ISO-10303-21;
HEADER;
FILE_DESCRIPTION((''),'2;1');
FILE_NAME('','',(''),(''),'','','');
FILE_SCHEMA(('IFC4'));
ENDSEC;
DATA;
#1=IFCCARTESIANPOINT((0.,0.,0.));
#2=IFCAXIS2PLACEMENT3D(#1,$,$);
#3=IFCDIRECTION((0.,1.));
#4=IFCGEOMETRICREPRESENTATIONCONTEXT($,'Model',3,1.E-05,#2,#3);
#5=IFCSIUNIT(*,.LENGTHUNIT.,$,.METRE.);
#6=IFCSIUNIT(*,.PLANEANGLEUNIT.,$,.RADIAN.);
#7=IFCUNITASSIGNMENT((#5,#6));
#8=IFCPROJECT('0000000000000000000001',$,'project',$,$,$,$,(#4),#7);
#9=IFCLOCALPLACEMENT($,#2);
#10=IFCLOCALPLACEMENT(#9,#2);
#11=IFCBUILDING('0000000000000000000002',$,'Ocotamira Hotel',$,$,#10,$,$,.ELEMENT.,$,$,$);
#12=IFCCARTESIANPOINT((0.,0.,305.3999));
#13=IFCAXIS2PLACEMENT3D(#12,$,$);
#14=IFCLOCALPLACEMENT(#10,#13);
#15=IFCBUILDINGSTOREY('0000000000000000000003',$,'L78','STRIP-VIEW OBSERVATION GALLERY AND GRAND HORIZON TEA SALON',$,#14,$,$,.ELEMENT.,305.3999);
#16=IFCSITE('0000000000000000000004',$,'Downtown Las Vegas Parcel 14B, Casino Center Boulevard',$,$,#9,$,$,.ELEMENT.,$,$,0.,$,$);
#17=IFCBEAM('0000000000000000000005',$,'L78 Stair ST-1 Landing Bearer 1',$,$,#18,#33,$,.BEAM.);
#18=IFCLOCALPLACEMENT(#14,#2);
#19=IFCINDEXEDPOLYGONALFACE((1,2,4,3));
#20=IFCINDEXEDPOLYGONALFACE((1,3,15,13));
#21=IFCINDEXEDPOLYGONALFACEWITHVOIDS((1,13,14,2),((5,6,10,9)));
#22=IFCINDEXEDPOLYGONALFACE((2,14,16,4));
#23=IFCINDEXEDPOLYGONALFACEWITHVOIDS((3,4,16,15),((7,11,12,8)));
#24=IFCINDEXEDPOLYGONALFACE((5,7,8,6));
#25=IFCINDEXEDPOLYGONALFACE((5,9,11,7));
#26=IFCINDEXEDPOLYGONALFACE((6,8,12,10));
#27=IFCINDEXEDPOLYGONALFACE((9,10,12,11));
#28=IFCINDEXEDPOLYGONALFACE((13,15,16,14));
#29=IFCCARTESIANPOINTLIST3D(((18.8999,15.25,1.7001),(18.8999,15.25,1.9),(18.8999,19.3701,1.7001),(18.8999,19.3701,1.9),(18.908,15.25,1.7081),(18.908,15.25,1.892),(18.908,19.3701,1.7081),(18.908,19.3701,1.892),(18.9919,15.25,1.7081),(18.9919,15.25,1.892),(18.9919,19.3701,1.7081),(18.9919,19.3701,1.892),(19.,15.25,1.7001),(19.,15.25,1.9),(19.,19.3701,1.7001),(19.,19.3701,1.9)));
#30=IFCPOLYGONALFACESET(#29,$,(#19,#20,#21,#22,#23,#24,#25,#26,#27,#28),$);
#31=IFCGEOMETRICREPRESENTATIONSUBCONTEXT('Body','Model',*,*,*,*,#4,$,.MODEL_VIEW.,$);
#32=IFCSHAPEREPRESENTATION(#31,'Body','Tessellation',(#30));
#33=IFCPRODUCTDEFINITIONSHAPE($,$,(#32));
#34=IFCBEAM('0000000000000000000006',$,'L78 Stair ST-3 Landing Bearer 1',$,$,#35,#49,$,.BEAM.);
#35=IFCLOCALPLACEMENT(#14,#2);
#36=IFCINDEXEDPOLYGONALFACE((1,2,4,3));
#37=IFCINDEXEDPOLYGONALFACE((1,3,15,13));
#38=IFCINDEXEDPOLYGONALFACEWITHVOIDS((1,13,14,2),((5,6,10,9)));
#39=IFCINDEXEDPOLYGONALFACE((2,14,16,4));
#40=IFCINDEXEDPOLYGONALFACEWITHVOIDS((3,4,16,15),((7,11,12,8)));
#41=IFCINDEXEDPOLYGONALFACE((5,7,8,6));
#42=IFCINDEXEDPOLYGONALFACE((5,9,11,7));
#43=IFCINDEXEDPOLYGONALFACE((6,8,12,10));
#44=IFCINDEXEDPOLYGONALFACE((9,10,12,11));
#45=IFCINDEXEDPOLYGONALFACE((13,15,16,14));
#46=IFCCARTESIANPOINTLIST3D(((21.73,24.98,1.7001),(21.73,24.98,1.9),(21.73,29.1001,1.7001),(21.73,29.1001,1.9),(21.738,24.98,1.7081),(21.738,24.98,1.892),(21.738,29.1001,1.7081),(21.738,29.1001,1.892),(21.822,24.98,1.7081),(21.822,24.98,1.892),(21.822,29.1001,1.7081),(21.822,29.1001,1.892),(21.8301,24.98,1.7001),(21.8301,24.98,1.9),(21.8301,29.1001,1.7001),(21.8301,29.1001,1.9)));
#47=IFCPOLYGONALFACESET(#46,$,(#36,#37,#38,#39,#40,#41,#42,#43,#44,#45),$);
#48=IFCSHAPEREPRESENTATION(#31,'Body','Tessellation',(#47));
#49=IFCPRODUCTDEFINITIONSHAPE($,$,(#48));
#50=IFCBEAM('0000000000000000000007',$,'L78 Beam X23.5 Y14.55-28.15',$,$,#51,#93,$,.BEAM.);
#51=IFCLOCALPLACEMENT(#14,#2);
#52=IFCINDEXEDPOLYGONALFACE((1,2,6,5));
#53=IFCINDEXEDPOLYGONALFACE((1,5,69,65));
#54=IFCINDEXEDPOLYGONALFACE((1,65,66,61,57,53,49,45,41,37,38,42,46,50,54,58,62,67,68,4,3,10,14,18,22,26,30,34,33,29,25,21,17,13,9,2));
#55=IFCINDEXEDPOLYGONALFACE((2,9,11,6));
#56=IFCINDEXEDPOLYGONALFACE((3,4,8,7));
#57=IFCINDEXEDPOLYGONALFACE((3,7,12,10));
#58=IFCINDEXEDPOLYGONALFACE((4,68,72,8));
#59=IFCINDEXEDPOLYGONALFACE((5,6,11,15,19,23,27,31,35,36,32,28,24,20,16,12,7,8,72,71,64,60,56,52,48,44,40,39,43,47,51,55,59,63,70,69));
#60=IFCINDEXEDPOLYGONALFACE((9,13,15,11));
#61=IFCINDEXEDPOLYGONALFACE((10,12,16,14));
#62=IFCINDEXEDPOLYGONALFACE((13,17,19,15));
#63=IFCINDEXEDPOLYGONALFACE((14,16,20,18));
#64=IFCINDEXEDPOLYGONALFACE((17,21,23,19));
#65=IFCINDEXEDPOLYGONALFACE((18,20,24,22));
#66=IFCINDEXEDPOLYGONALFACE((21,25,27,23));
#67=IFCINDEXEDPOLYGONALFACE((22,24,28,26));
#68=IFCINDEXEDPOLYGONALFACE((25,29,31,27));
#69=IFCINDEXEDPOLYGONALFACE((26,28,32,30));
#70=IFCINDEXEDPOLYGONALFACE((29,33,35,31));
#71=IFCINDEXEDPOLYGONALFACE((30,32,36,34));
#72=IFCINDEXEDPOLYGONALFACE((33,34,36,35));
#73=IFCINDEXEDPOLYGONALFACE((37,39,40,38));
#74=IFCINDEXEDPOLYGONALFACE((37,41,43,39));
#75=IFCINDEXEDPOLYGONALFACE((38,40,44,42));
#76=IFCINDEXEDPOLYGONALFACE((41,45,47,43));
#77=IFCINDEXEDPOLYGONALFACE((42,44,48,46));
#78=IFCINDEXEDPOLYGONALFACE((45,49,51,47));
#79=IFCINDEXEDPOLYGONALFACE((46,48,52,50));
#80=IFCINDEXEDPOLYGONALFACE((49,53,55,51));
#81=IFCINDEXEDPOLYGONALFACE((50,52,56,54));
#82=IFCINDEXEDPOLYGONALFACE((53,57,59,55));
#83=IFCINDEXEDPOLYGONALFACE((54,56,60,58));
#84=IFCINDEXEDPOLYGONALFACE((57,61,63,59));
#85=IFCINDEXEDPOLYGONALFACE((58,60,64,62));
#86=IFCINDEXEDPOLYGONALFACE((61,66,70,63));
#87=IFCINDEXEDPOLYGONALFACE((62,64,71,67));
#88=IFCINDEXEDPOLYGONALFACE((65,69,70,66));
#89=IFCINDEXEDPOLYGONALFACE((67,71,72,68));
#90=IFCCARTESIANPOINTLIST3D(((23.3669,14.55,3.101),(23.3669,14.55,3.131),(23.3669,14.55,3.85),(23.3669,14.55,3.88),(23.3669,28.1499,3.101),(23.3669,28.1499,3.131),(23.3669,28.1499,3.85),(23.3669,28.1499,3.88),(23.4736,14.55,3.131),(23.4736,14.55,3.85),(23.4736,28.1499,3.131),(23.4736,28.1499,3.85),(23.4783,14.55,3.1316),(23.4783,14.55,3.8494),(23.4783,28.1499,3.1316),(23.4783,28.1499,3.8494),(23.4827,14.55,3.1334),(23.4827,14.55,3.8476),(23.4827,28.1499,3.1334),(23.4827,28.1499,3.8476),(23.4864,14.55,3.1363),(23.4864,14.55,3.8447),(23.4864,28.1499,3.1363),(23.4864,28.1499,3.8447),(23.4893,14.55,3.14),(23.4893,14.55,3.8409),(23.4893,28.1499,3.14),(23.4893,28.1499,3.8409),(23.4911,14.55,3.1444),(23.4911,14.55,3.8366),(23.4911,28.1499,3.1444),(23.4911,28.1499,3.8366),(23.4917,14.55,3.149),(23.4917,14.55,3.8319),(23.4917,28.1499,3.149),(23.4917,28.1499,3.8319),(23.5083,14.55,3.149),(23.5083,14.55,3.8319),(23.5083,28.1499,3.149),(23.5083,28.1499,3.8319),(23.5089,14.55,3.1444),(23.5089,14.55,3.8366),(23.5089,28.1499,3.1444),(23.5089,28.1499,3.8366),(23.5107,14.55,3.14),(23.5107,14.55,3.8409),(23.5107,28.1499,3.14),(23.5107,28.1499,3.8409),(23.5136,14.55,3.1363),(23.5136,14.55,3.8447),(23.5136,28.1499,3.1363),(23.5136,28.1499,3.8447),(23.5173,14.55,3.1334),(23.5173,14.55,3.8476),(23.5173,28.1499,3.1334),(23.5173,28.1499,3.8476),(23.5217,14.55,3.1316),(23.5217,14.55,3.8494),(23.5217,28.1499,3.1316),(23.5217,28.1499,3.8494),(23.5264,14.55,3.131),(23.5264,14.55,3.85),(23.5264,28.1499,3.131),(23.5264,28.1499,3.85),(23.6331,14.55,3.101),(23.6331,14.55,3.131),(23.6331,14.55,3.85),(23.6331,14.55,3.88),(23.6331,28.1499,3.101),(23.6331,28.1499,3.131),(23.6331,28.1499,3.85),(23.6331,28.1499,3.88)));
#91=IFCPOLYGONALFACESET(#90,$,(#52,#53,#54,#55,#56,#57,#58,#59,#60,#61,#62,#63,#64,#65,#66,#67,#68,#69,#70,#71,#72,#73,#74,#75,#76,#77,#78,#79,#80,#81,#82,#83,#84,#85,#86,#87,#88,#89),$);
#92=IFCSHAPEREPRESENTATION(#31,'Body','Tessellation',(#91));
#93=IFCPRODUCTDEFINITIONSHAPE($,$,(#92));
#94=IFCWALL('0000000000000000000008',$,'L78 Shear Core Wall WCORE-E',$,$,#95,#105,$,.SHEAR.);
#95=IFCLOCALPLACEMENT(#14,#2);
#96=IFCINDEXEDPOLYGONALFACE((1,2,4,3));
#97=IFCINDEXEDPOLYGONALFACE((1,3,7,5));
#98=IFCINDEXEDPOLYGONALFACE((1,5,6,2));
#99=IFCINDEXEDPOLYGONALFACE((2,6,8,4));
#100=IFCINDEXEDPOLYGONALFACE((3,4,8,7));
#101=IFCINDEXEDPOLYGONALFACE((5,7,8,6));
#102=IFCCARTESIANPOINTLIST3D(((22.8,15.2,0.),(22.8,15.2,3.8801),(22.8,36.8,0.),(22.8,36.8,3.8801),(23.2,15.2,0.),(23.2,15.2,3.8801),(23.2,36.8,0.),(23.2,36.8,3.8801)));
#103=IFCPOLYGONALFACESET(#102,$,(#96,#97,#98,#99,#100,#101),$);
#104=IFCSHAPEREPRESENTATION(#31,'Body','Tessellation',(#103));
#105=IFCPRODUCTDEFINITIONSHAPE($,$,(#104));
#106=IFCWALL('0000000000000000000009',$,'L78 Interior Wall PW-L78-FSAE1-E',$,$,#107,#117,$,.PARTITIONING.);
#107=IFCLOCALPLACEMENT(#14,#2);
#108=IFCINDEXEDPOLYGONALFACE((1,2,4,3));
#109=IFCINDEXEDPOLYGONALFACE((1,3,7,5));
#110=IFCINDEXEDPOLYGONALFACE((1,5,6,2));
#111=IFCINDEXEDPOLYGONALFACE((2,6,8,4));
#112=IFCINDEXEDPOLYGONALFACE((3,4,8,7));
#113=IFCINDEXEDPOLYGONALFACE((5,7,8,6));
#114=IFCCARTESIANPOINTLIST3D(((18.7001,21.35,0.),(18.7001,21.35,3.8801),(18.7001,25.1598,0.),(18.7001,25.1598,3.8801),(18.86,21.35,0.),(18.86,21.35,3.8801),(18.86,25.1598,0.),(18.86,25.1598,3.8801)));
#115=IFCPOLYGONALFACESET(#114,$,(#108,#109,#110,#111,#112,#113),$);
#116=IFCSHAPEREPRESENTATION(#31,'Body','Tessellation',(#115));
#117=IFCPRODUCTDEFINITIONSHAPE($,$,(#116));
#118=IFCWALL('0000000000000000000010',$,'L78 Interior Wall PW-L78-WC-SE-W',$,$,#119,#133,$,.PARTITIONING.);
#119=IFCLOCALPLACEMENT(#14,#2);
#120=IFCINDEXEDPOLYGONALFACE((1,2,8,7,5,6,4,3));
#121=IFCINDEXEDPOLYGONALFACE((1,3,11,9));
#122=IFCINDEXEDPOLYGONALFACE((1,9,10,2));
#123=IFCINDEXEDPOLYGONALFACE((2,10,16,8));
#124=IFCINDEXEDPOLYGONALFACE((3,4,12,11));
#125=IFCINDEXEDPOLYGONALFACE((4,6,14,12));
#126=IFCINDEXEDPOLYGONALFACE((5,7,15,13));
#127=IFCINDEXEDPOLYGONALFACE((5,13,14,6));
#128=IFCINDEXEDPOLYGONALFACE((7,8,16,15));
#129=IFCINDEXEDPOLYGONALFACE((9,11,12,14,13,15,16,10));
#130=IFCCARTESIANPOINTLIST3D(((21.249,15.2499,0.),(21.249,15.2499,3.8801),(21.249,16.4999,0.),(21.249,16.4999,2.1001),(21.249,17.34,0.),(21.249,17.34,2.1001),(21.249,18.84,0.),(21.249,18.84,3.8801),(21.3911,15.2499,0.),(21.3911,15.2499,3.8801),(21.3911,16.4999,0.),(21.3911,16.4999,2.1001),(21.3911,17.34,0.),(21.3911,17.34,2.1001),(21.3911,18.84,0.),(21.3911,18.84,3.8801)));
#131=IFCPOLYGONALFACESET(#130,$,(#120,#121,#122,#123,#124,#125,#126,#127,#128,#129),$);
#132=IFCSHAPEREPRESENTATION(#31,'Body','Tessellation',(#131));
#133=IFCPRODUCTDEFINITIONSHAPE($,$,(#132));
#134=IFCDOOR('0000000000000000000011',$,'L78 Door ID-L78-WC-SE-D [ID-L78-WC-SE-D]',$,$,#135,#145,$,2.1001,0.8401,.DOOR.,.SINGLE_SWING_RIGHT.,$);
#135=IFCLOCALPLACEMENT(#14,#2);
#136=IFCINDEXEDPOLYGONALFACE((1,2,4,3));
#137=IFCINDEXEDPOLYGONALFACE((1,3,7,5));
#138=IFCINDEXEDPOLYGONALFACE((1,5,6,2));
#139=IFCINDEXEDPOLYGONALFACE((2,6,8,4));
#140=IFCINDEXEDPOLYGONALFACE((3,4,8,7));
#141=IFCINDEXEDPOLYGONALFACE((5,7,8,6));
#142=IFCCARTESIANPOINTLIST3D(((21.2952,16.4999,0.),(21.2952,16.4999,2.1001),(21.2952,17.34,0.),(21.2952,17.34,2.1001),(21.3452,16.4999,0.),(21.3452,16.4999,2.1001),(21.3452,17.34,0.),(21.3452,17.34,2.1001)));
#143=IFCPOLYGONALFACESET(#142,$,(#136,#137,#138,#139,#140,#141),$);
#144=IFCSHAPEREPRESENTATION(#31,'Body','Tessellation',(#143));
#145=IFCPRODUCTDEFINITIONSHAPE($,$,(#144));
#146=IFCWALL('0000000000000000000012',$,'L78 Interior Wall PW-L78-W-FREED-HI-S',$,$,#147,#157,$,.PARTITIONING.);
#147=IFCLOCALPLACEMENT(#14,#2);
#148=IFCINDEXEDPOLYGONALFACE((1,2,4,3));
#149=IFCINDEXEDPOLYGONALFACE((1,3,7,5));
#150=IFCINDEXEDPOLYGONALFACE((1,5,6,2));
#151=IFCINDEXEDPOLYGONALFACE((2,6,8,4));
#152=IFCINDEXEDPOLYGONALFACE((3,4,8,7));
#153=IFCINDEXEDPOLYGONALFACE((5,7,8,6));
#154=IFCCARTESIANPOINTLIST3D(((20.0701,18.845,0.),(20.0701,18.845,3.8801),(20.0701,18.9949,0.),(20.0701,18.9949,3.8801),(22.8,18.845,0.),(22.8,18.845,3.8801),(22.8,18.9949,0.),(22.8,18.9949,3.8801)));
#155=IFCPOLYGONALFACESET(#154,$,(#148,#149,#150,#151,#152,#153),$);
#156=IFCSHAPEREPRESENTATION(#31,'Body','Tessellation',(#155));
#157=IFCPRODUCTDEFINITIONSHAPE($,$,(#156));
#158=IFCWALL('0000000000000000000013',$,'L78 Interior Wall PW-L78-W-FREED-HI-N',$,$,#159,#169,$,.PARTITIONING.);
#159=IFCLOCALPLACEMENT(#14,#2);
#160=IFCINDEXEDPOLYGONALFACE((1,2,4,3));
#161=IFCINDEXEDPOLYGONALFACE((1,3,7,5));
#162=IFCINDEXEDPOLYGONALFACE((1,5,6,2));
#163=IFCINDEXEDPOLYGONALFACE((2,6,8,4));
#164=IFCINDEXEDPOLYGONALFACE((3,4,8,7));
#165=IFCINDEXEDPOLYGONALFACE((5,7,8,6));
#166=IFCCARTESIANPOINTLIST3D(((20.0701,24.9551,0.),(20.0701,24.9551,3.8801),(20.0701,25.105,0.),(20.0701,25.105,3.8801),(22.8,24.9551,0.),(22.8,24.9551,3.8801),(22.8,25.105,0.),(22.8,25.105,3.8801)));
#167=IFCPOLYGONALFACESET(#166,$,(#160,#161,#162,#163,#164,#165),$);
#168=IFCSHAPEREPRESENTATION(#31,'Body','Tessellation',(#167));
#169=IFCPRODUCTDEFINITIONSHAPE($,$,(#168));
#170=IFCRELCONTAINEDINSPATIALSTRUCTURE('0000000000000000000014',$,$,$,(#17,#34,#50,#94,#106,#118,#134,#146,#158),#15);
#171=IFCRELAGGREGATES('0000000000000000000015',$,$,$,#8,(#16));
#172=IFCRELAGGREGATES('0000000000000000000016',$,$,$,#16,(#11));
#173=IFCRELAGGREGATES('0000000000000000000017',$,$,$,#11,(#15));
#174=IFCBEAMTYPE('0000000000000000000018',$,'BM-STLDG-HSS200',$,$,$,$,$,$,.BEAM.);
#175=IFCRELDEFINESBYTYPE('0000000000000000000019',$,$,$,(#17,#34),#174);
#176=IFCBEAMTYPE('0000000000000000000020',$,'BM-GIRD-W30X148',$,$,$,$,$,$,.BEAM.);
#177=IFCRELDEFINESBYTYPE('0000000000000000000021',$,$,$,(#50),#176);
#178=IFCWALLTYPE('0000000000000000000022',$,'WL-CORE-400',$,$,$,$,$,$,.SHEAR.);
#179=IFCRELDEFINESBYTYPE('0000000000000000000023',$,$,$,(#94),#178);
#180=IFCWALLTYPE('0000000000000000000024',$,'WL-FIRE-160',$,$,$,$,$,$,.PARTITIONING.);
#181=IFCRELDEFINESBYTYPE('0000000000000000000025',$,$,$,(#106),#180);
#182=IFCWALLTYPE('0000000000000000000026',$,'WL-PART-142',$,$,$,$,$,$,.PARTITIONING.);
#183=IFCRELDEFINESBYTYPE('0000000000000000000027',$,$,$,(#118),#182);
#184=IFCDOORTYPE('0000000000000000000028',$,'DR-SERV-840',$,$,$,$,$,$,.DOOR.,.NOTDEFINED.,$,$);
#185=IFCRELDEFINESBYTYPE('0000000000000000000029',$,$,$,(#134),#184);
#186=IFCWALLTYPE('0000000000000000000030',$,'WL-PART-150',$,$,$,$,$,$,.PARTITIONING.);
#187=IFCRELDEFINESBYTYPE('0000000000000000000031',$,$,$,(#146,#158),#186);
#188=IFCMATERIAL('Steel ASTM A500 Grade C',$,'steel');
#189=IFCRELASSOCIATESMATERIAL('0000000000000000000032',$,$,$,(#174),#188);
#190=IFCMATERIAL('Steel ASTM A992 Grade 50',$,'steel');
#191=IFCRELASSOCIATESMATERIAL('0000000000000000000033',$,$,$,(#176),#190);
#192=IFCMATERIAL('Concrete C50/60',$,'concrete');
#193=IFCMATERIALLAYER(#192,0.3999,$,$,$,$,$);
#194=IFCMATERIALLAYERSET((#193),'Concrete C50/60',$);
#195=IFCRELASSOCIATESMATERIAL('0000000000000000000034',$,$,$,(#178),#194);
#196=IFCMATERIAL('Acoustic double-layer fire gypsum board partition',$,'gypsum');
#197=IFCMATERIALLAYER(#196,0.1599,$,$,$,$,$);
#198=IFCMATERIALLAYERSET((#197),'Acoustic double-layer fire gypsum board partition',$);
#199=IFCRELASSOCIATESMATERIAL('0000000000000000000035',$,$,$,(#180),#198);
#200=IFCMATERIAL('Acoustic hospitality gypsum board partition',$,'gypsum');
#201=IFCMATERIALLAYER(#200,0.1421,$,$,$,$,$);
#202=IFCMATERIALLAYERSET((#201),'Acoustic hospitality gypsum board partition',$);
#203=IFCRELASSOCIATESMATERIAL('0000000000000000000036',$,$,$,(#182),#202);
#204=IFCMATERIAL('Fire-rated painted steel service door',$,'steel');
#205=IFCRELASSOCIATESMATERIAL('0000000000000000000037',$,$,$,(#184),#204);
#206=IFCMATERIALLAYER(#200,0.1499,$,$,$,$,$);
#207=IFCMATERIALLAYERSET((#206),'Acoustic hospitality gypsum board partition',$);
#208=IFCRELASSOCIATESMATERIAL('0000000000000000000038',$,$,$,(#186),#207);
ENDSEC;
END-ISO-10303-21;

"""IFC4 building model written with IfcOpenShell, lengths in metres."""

from ifc_helpers import new_model, si_unit, direction, frame, frame_2d, origin, origin_2d, place, context, subcontext, project, spatial, rectangle, hollow_rectangle, i_section, extrude, source, transform, mapped, material, layer, layer_set, material_profile, profile_set, type_object, element, fill, save


model = new_model("IFC4")

# Units and contexts
model_context = context("Model", 3, precision=1e-05, world=origin(), true_north=direction((0.0, 1.0)))
body_context = subcontext(model_context, "Body", "Model", "MODEL_VIEW")
ifc_project = project(units=[si_unit("LENGTHUNIT", "METRE"), si_unit("PLANEANGLEUNIT", "RADIAN")], contexts=[model_context])

# Site, building, storey
site_placement = place(None, origin())
site = spatial("IfcSite", under=ifc_project, at=site_placement, Name="Downtown Las Vegas Parcel 14B, Casino Center Boulevard", CompositionType="ELEMENT", RefElevation=0.0)
building_placement = place(site_placement, origin())
building = spatial("IfcBuilding", under=site, at=building_placement, Name="Ocotamira Hotel", CompositionType="ELEMENT")
storey_placement = place(building_placement, frame((0.0, 0.0, 305.3999)))
storey = spatial("IfcBuildingStorey", under=building, at=storey_placement, Name="L78", Description="STRIP-VIEW OBSERVATION GALLERY AND GRAND HORIZON TEA SALON", CompositionType="ELEMENT", Elevation=305.3999)

# Beams
ifc_material_1 = material(Name="Steel ASTM A500 Grade C", Category="steel")
ifc_material_profile_1 = material_profile(ifc_material_1, hollow_rectangle(XDim=0.1001, YDim=0.2, WallThickness=0.0081, at=origin_2d()), Name="HSS200X100X8")
ifc_profile_set_1 = profile_set([ifc_material_profile_1], Name="Steel ASTM A500 Grade C")
beam_type_1 = type_object("IfcBeamType", Name="BM-STLDG-HSS200", PredefinedType="BEAM", material=ifc_profile_set_1)
shared_shape_1 = source(origin(), body_context, "Body", "SweptSolid", [
    extrude(hollow_rectangle(XDim=0.1001, YDim=0.2, WallThickness=0.0081, at=origin_2d()), origin(), (0.0, 0.0, 1.0), 4.1201),
])
for number, where, z_axis, x_axis, name in (
    (1, (18.95, 15.25, 1.8), (0.0, 1.0, 0.0), (-1.0, 0.0, 0.0), "L78 Stair ST-1 Landing Bearer 1"),
    (2, (21.78, 24.98, 1.8), (0.0, 1.0, 0.0), (-1.0, 0.0, 0.0), "L78 Stair ST-3 Landing Bearer 1"),
):
    element("IfcBeam", number, at=place(storey_placement, frame(where, z_axis=z_axis, x_axis=x_axis)), inside=storey, type_object=beam_type_1, Name=name, PredefinedType="BEAM", context=body_context, shape_type="MappedRepresentation", body=[
        mapped(shared_shape_1, transform((0.0, 0.0, 0.0), scale=1.0)),
    ])
ifc_material_2 = material(Name="Steel ASTM A992 Grade 50", Category="steel")
ifc_material_profile_2 = material_profile(ifc_material_2, i_section(OverallWidth=0.2661, OverallDepth=0.7791, WebThickness=0.0166, FlangeThickness=0.03, FilletRadius=0.0181, at=origin_2d()), Name="W30X148")
ifc_profile_set_2 = profile_set([ifc_material_profile_2], Name="Steel ASTM A992 Grade 50")
beam_type_2 = type_object("IfcBeamType", Name="BM-GIRD-W30X148", PredefinedType="BEAM", material=ifc_profile_set_2)
shared_shape_2 = source(origin(), body_context, "Body", "SweptSolid", [
    extrude(i_section(OverallWidth=0.2661, OverallDepth=0.7791, WebThickness=0.0166, FlangeThickness=0.03, FilletRadius=0.0181, at=origin_2d()), origin(), (0.0, 0.0, 1.0), 13.5999),
])
beam_placement = place(storey_placement, frame((23.5, 14.55, 3.4905), z_axis=(0.0, 1.0, 0.0), x_axis=(-1.0, 0.0, 0.0)))
element("IfcBeam", 3, at=beam_placement, inside=storey, type_object=beam_type_2, Name="L78 Beam X23.5 Y14.55-28.15", PredefinedType="BEAM", context=body_context, shape_type="MappedRepresentation", body=[
    mapped(shared_shape_2, transform((0.0, 0.0, 0.0), scale=1.0)),
])

# Walls
ifc_material_3 = material(Name="Concrete C50/60", Category="concrete")
ifc_layer_1 = layer(ifc_material_3, 0.3999)
ifc_layer_set_1 = layer_set([ifc_layer_1], Name="Concrete C50/60")
wall_type_1 = type_object("IfcWallType", Name="WL-CORE-400", PredefinedType="SHEAR", material=ifc_layer_set_1)
wall_1_placement = place(storey_placement, frame((23.0, 15.2, 0.0), z_axis=(0.0, 0.0, 1.0), x_axis=(0.0, 1.0, 0.0)))
element("IfcWall", 4, at=wall_1_placement, inside=storey, type_object=wall_type_1, Name="L78 Shear Core Wall WCORE-E", PredefinedType="SHEAR", context=body_context, shape_type="SweptSolid", body=[
    extrude(rectangle(XDim=21.6001, YDim=0.3999, at=frame_2d((10.8, 0.0))), origin(), (0.0, 0.0, 1.0), 3.8801),
])
ifc_material_4 = material(Name="Acoustic double-layer fire gypsum board partition", Category="gypsum")
ifc_layer_2 = layer(ifc_material_4, 0.1599)
ifc_layer_set_2 = layer_set([ifc_layer_2], Name="Acoustic double-layer fire gypsum board partition")
wall_type_2 = type_object("IfcWallType", Name="WL-FIRE-160", PredefinedType="PARTITIONING", material=ifc_layer_set_2)
wall_2_placement = place(storey_placement, frame((18.78, 21.3501, 0.0), z_axis=(0.0, 0.0, 1.0), x_axis=(0.0, 1.0, 0.0)))
element("IfcWall", 5, at=wall_2_placement, inside=storey, type_object=wall_type_2, Name="L78 Interior Wall PW-L78-FSAE1-E", PredefinedType="PARTITIONING", context=body_context, shape_type="SweptSolid", body=[
    extrude(rectangle(XDim=3.8098, YDim=0.1599, at=frame_2d((1.9048, 0.0))), origin(), (0.0, 0.0, 1.0), 3.8801),
])

# Wall, opening, door
ifc_material_5 = material(Name="Acoustic hospitality gypsum board partition", Category="gypsum")
ifc_layer_3 = layer(ifc_material_5, 0.1421)
ifc_layer_set_3 = layer_set([ifc_layer_3], Name="Acoustic hospitality gypsum board partition")
wall_type_3 = type_object("IfcWallType", Name="WL-PART-142", PredefinedType="PARTITIONING", material=ifc_layer_set_3)
wall_3_placement = place(storey_placement, frame((21.3201, 15.25, 0.0), z_axis=(0.0, 0.0, 1.0), x_axis=(0.0, 1.0, 0.0)))
wall_3 = element("IfcWall", 6, at=wall_3_placement, inside=storey, type_object=wall_type_3, Name="L78 Interior Wall PW-L78-WC-SE-W", PredefinedType="PARTITIONING", context=body_context, shape_type="SweptSolid", body=[
    extrude(rectangle(XDim=3.5901, YDim=0.1421, at=frame_2d((1.7949, 0.0))), origin(), (0.0, 0.0, 1.0), 3.8801),
])
opening_1_placement = place(wall_3_placement, frame((1.25, 0.0, 0.0)))
opening_1 = element("IfcOpeningElement", 7, at=opening_1_placement, cuts=wall_3, PredefinedType="OPENING", context=body_context, shape_type="SweptSolid", body=[
    extrude(rectangle(XDim=0.8401, YDim=2.1001, at=frame_2d((0.4199, 1.05))), frame((0.0, 0.0811, 0.0), z_axis=(0.0, -1.0, 0.0), x_axis=(1.0, 0.0, 0.0)), (0.0, 0.0, 1.0), 0.1621),
])
ifc_material_6 = material(Name="Fire-rated painted steel service door", Category="steel")
door_type_1 = type_object("IfcDoorType", Name="DR-SERV-840", OperationType="NOTDEFINED", PredefinedType="DOOR", material=ifc_material_6)
shared_shape_3 = source(origin(), body_context, "Body", "SweptSolid", [
    extrude(rectangle(XDim=0.8401, YDim=2.1001, at=frame_2d((0.4199, 1.05))), frame((0.0, 0.0249, 0.0), z_axis=(0.0, -1.0, 0.0), x_axis=(1.0, 0.0, 0.0)), (0.0, 0.0, 1.0), 0.05),
])
door_1_placement = place(opening_1_placement, origin())
door_1 = element("IfcDoor", 8, at=door_1_placement, inside=storey, type_object=door_type_1, Name="L78 Door ID-L78-WC-SE-D [ID-L78-WC-SE-D]", OperationType="SINGLE_SWING_RIGHT", OverallHeight=2.1001, OverallWidth=0.8401, PredefinedType="DOOR", context=body_context, shape_type="MappedRepresentation", body=[
    mapped(shared_shape_3, transform((0.0, 0.0, 0.0), scale=1.0)),
])
fill(opening_1, door_1)

# Walls
ifc_layer_4 = layer(ifc_material_5, 0.1499)
ifc_layer_set_4 = layer_set([ifc_layer_4], Name="Acoustic hospitality gypsum board partition")
wall_type_4 = type_object("IfcWallType", Name="WL-PART-150", PredefinedType="PARTITIONING", material=ifc_layer_set_4)
for number, where, z_axis, x_axis, name in (
    (9, (20.0701, 18.9199, 0.0), (0.0, 0.0, 1.0), (1.0, 0.0, 0.0), "L78 Interior Wall PW-L78-W-FREED-HI-S"),
    (10, (20.0701, 25.03, 0.0), (0.0, 0.0, 1.0), (1.0, 0.0, 0.0), "L78 Interior Wall PW-L78-W-FREED-HI-N"),
):
    element("IfcWall", number, at=place(storey_placement, frame(where, z_axis=z_axis, x_axis=x_axis)), inside=storey, type_object=wall_type_4, Name=name, PredefinedType="PARTITIONING", context=body_context, shape_type="SweptSolid", body=[
        extrude(rectangle(XDim=2.73, YDim=0.1499, at=frame_2d((1.365, 0.0))), origin(), (0.0, 0.0, 1.0), 3.8801),
    ])

save(model, "model.ifc")
